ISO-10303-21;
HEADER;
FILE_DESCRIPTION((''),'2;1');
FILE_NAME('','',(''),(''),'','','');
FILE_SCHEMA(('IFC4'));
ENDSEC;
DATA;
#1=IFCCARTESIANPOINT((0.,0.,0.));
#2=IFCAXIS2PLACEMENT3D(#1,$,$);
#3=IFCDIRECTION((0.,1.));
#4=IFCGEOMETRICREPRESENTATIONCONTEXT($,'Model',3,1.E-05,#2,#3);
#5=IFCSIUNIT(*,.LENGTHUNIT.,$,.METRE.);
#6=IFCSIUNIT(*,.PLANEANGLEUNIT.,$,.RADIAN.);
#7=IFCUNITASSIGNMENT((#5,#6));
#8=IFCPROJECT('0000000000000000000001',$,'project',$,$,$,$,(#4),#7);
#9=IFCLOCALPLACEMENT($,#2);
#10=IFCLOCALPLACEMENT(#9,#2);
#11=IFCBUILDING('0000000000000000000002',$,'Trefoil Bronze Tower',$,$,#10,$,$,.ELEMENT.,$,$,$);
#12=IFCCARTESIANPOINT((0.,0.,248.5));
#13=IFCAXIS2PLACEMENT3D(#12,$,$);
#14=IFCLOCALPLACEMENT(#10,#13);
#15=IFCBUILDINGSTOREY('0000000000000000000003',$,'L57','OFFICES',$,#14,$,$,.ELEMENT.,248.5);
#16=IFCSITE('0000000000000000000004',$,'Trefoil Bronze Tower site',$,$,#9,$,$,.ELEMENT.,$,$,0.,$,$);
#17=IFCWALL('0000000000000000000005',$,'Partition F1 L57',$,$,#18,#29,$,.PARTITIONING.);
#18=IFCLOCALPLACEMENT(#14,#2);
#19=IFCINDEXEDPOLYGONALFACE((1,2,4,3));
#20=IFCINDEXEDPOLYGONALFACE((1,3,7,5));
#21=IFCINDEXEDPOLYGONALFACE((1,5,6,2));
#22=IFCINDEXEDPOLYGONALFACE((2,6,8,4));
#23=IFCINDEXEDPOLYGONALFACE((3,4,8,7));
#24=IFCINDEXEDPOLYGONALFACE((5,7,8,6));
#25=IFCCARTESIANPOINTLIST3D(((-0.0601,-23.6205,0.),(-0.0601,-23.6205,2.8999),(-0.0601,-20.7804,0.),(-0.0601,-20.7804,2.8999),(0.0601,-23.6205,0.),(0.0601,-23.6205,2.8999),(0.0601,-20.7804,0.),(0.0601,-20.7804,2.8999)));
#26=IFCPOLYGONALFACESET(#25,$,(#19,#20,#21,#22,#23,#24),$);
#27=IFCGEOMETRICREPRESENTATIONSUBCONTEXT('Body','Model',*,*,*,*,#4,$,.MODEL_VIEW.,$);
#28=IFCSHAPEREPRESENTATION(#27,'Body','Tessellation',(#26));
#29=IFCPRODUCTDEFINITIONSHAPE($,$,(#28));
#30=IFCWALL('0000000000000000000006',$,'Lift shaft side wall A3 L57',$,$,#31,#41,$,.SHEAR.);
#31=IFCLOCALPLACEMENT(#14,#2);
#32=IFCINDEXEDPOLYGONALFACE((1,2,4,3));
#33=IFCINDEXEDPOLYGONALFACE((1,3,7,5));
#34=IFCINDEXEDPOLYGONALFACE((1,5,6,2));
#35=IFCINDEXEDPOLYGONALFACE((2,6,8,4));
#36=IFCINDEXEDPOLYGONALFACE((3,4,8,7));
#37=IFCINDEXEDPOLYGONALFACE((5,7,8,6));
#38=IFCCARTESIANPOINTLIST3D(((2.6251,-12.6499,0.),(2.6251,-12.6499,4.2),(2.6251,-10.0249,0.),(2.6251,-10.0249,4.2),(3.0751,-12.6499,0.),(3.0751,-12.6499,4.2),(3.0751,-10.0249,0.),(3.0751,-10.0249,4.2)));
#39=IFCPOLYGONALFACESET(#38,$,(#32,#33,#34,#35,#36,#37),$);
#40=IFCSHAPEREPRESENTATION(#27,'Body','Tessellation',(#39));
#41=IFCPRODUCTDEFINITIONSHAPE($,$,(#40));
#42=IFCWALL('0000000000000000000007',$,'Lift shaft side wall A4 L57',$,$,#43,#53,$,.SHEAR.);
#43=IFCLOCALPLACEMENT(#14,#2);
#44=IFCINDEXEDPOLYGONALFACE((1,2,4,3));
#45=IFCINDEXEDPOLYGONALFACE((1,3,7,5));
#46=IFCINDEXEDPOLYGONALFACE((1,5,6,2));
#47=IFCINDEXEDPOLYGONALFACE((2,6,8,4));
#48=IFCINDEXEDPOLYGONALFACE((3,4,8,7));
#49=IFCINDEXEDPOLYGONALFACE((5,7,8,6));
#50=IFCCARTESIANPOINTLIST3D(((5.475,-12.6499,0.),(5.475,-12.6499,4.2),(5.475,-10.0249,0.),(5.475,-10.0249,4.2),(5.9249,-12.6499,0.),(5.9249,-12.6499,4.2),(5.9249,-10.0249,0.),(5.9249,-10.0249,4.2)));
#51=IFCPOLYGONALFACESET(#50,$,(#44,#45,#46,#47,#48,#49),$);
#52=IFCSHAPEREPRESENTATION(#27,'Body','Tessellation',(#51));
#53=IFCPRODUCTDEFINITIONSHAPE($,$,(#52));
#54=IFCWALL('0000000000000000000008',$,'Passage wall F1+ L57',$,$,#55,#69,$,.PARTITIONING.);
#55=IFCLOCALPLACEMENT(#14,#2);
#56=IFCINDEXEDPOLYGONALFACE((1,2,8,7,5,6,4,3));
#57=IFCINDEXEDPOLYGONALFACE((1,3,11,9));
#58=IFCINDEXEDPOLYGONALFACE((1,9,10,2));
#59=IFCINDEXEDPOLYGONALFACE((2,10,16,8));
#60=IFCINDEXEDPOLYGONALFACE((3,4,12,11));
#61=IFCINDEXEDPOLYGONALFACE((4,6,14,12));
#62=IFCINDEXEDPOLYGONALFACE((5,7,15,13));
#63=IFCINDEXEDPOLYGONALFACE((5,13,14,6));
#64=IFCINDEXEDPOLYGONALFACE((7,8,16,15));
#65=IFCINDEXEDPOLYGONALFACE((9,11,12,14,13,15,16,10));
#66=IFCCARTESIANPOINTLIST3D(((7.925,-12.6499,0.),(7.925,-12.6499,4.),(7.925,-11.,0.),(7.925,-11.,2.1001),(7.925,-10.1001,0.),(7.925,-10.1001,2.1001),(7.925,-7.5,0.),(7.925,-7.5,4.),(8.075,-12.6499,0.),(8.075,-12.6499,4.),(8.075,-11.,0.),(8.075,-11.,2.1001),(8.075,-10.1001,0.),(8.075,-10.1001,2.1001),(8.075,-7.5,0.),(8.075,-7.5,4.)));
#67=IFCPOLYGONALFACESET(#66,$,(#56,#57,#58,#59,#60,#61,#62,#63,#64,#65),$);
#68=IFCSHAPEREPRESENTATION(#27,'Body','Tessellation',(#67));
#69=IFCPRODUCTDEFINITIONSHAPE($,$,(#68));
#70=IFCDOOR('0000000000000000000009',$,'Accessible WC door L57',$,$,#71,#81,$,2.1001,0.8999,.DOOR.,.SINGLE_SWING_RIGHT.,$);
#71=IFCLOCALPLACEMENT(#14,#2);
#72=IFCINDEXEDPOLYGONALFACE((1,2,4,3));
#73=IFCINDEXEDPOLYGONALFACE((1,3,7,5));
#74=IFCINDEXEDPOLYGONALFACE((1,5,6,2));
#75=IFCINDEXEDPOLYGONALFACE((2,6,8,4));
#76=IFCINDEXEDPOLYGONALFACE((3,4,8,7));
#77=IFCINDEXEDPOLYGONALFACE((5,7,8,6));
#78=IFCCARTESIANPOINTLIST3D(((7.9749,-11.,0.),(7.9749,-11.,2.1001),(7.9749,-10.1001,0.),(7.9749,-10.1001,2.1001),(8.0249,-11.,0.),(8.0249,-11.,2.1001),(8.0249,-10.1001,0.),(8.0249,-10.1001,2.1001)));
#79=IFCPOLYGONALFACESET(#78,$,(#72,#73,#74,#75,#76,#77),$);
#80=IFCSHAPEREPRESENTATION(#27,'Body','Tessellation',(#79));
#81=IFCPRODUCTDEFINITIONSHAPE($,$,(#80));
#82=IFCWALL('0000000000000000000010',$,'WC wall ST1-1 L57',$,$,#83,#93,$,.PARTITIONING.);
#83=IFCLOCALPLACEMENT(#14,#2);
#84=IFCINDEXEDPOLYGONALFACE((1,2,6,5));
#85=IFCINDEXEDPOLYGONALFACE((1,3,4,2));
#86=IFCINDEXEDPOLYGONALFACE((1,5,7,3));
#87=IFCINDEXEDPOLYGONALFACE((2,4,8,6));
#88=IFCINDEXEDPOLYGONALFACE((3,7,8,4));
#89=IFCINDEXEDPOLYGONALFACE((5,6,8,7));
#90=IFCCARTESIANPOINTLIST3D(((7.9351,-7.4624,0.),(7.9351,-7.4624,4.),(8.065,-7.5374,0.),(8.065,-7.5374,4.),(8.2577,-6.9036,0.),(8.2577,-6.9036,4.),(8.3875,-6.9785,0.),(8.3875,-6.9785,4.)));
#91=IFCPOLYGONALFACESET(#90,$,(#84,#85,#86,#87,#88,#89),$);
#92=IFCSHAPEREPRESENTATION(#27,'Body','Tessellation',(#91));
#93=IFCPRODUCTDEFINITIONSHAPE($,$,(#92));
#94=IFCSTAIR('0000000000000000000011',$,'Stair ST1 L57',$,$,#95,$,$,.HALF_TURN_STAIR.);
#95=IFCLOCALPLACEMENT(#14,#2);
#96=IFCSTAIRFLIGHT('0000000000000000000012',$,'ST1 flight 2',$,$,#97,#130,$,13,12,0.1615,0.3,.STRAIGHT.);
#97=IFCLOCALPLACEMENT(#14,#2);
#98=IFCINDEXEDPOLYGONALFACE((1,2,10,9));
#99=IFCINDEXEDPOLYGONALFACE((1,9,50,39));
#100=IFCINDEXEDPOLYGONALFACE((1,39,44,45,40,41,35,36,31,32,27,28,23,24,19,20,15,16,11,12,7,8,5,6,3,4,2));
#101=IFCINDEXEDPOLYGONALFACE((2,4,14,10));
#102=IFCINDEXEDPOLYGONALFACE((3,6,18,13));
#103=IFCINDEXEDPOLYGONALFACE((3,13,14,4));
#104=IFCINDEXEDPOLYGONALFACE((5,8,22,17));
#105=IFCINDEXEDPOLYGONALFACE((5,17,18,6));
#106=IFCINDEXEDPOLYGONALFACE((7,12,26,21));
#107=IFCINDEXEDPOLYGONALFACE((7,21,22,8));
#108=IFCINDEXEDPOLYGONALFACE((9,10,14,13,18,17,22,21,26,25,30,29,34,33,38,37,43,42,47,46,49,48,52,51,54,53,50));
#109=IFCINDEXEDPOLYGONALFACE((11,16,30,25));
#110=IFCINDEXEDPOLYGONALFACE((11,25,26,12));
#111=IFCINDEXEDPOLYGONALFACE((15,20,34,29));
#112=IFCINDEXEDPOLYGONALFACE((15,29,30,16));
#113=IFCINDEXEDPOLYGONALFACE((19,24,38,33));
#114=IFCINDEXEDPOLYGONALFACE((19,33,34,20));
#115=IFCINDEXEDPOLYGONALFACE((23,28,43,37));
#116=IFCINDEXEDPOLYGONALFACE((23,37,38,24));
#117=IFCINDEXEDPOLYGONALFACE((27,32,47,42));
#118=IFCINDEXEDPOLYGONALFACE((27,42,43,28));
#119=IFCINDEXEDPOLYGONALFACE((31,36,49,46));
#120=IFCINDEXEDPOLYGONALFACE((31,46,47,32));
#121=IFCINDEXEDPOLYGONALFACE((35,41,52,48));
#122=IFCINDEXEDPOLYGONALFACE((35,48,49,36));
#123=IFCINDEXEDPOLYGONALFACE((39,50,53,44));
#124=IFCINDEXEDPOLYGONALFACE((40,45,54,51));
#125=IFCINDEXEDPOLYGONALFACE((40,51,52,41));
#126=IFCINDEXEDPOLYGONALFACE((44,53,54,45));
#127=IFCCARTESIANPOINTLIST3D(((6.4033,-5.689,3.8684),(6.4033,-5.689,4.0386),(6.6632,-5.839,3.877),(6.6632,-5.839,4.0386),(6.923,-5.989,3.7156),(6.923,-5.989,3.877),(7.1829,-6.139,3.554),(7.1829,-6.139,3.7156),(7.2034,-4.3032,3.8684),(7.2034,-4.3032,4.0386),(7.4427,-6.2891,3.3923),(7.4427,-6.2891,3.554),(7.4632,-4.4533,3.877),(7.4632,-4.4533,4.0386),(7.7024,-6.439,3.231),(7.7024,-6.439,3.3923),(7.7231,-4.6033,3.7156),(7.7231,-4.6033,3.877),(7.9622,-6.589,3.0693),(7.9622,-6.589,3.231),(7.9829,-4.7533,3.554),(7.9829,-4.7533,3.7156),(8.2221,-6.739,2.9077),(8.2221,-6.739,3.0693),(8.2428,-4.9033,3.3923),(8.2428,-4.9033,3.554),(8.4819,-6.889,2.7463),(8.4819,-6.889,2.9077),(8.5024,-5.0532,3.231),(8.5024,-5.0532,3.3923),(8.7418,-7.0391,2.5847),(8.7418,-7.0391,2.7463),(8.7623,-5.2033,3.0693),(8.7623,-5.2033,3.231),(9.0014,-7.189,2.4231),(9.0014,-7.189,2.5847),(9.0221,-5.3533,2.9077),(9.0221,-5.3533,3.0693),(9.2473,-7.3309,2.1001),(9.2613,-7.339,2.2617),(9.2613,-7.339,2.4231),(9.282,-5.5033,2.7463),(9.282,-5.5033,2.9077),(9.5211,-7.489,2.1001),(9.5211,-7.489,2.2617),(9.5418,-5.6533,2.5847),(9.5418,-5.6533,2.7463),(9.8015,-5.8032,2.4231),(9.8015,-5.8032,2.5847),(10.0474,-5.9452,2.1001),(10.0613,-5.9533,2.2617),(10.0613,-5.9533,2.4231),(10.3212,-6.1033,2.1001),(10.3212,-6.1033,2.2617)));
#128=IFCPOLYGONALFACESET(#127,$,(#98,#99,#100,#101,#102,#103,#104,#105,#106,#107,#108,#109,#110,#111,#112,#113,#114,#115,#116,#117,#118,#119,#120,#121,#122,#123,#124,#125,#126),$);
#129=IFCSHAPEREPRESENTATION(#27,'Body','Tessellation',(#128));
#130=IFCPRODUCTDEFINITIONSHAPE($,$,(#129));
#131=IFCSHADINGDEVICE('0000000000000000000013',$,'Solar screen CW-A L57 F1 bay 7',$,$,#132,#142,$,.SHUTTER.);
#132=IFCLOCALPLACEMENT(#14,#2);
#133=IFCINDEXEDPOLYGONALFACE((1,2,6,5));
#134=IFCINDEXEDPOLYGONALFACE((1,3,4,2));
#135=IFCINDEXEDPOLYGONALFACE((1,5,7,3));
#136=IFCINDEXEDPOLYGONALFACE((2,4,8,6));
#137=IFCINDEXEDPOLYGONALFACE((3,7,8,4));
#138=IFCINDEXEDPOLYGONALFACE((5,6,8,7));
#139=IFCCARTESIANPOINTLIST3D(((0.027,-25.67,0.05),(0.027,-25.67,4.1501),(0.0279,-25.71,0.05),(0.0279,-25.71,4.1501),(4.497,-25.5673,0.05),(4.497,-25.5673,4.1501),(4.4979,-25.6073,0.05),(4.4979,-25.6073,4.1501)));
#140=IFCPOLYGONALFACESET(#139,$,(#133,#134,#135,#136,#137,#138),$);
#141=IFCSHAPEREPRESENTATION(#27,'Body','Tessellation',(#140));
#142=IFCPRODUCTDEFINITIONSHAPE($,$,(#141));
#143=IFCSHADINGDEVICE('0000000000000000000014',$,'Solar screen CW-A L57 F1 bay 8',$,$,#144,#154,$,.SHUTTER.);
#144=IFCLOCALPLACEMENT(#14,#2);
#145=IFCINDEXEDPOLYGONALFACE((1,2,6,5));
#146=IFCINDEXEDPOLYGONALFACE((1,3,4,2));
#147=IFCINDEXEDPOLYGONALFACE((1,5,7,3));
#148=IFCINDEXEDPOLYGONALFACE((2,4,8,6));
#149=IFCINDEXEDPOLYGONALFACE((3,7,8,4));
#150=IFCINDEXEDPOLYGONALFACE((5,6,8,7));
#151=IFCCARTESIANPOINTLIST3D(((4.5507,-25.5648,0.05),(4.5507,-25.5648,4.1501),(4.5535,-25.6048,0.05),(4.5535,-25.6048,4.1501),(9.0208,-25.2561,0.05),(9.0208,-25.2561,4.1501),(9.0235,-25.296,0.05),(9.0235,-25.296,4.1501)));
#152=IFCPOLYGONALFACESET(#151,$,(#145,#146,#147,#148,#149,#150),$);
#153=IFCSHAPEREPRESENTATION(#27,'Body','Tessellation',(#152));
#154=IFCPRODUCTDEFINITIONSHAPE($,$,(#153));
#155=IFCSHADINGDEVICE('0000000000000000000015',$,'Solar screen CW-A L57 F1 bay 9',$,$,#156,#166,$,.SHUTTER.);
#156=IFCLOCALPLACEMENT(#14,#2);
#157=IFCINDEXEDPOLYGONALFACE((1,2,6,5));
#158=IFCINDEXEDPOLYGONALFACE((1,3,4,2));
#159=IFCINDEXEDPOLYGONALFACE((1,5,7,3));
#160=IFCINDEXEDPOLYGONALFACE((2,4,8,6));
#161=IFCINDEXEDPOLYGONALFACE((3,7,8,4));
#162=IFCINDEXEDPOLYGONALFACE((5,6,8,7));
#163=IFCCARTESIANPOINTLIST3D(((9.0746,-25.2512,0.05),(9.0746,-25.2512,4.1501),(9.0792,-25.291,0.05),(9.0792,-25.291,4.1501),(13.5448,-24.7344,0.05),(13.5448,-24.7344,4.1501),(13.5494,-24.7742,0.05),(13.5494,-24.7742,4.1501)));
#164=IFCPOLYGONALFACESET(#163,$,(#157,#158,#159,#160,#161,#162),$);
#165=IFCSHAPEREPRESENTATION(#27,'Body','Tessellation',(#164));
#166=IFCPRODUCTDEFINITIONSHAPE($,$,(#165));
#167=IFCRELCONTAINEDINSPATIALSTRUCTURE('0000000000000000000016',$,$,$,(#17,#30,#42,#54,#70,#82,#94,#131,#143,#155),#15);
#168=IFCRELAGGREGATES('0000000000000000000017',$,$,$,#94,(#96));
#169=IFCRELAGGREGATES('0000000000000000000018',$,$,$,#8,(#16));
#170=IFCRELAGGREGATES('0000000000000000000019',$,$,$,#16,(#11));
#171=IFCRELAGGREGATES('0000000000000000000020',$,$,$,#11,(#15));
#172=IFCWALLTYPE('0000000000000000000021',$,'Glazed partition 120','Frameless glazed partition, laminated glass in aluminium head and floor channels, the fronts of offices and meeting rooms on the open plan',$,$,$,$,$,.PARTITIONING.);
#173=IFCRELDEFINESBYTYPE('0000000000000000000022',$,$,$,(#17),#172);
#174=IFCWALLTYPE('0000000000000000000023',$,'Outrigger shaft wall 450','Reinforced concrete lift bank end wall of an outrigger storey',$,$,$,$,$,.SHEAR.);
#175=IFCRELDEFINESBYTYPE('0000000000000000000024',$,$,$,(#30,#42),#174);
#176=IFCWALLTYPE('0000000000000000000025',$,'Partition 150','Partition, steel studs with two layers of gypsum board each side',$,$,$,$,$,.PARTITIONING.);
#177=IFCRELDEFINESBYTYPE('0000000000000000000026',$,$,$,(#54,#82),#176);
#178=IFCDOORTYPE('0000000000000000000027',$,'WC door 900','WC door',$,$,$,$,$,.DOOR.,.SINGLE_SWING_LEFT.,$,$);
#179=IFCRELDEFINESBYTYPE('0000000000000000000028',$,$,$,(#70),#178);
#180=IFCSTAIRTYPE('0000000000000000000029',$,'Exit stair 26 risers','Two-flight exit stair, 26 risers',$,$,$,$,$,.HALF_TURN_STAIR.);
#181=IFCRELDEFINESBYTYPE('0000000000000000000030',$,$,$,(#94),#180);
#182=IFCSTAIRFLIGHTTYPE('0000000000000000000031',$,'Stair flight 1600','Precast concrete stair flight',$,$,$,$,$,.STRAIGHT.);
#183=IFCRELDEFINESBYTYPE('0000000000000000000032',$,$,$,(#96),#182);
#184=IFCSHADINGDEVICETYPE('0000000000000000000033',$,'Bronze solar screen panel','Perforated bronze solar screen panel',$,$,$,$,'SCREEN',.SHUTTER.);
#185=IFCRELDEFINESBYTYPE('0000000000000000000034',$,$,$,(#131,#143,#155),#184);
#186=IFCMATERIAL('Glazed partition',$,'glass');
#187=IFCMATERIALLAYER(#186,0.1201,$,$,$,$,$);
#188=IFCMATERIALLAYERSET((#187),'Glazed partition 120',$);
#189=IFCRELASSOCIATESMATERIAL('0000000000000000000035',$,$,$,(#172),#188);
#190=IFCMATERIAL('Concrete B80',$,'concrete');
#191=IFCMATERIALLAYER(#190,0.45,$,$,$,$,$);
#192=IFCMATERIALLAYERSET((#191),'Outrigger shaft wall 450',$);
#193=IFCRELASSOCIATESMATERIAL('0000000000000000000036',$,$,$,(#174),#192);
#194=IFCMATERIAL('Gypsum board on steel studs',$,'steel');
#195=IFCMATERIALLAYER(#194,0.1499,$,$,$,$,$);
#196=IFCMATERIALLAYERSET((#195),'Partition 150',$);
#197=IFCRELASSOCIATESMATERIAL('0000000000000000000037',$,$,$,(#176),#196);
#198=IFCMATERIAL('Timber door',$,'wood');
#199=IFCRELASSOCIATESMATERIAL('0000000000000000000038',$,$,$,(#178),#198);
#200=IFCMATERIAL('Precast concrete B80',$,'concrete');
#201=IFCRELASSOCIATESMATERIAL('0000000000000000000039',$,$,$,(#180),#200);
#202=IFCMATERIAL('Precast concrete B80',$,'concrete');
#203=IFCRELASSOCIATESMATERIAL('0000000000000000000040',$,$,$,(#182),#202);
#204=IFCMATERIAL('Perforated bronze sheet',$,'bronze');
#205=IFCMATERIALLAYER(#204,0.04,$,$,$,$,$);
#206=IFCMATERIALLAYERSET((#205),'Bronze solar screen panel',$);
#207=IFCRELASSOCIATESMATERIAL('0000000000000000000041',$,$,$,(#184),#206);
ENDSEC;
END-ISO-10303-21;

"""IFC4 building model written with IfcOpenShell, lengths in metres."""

from ifc_helpers import new_model, si_unit, direction, frame, frame_2d, origin, origin_2d, place, context, subcontext, project, spatial, polyline, rectangle, outline, extrude, material, layer, layer_set, type_object, element, fill, aggregate, save


model = new_model("IFC4")

# Units and contexts
model_context = context("Model", 3, precision=1e-05, world=origin(), true_north=direction((0.0, 1.0)))
body_context = subcontext(model_context, "Body", "Model", "MODEL_VIEW")
ifc_project = project(units=[si_unit("LENGTHUNIT", "METRE"), si_unit("PLANEANGLEUNIT", "RADIAN")], contexts=[model_context])

# Site, building, storey
site_placement = place(None, origin())
site = spatial("IfcSite", under=ifc_project, at=site_placement, Name="Trefoil Bronze Tower site", CompositionType="ELEMENT", RefElevation=0.0)
building_placement = place(site_placement, origin())
building = spatial("IfcBuilding", under=site, at=building_placement, Name="Trefoil Bronze Tower", CompositionType="ELEMENT")
storey_placement = place(building_placement, frame((0.0, 0.0, 248.5)))
storey = spatial("IfcBuildingStorey", under=building, at=storey_placement, Name="L57", Description="OFFICES", CompositionType="ELEMENT", Elevation=248.5)

# Walls
ifc_material_1 = material(Name="Glazed partition", Category="glass")
ifc_layer_1 = layer(ifc_material_1, 0.1201)
ifc_layer_set_1 = layer_set([ifc_layer_1], Name="Glazed partition 120")
wall_type_1 = type_object("IfcWallType", Name="Glazed partition 120", Description="Frameless glazed partition, laminated glass in aluminium head and floor channels, the fronts of offices and meeting rooms on the open plan", PredefinedType="PARTITIONING", material=ifc_layer_set_1)
wall_1_placement = place(storey_placement, frame((0.0, -20.7805, 0.0), z_axis=(0.0, 0.0, 1.0), x_axis=(0.0, -1.0, 0.0)))
element("IfcWall", 1, at=wall_1_placement, inside=storey, type_object=wall_type_1, Name="Partition F1 L57", PredefinedType="PARTITIONING", context=body_context, shape_type="SweptSolid", body=[
    extrude(rectangle(XDim=2.8401, YDim=0.1201, at=frame_2d((1.4199, 0.0))), origin(), (0.0, 0.0, 1.0), 2.8999),
])
ifc_material_2 = material(Name="Concrete B80", Category="concrete")
ifc_layer_2 = layer(ifc_material_2, 0.45)
ifc_layer_set_2 = layer_set([ifc_layer_2], Name="Outrigger shaft wall 450")
wall_type_2 = type_object("IfcWallType", Name="Outrigger shaft wall 450", Description="Reinforced concrete lift bank end wall of an outrigger storey", PredefinedType="SHEAR", material=ifc_layer_set_2)
for number, where, z_axis, x_axis, name in (
    (2, (2.8501, -10.0249, 0.0), (0.0, 0.0, 1.0), (0.0, -1.0, 0.0), "Lift shaft side wall A3 L57"),
    (3, (5.7, -10.0249, 0.0), (0.0, 0.0, 1.0), (0.0, -1.0, 0.0), "Lift shaft side wall A4 L57"),
):
    element("IfcWall", number, at=place(storey_placement, frame(where, z_axis=z_axis, x_axis=x_axis)), inside=storey, type_object=wall_type_2, Name=name, PredefinedType="SHEAR", context=body_context, shape_type="SweptSolid", body=[
        extrude(rectangle(XDim=2.625, YDim=0.45, at=frame_2d((1.3125, 0.0))), origin(), (0.0, 0.0, 1.0), 4.2),
    ])

# Wall, opening, door
ifc_material_3 = material(Name="Gypsum board on steel studs", Category="steel")
ifc_layer_3 = layer(ifc_material_3, 0.1499)
ifc_layer_set_3 = layer_set([ifc_layer_3], Name="Partition 150")
wall_type_3 = type_object("IfcWallType", Name="Partition 150", Description="Partition, steel studs with two layers of gypsum board each side", PredefinedType="PARTITIONING", material=ifc_layer_set_3)
wall_2_placement = place(storey_placement, frame((8.0, -7.5, 0.0), z_axis=(0.0, 0.0, 1.0), x_axis=(0.0, -1.0, 0.0)))
wall_2 = element("IfcWall", 4, at=wall_2_placement, inside=storey, type_object=wall_type_3, Name="Passage wall F1+ L57", PredefinedType="PARTITIONING", context=body_context, shape_type="SweptSolid", body=[
    extrude(rectangle(XDim=5.1499, YDim=0.1499, at=frame_2d((2.575, 0.0))), origin(), (0.0, 0.0, 1.0), 4.0),
])
opening_placement = place(wall_2_placement, frame((2.6001, 0.0, 0.0)))
opening = element("IfcOpeningElement", 5, at=opening_placement, cuts=wall_2, PredefinedType="OPENING", context=body_context, shape_type="SweptSolid", body=[
    extrude(rectangle(XDim=0.8999, YDim=2.1001, at=frame_2d((0.45, 1.05))), frame((0.0, 0.085, 0.0), z_axis=(0.0, -1.0, 0.0), x_axis=(1.0, 0.0, 0.0)), (0.0, 0.0, 1.0), 0.1699),
])
ifc_material_4 = material(Name="Timber door", Category="wood")
door_type = type_object("IfcDoorType", Name="WC door 900", Description="WC door", OperationType="SINGLE_SWING_LEFT", PredefinedType="DOOR", material=ifc_material_4)
door_placement = place(opening_placement, origin())
door = element("IfcDoor", 6, at=door_placement, inside=storey, type_object=door_type, Name="Accessible WC door L57", OperationType="SINGLE_SWING_RIGHT", OverallHeight=2.1001, OverallWidth=0.8999, PredefinedType="DOOR", context=body_context, shape_type="SweptSolid", body=[
    extrude(rectangle(XDim=0.8999, YDim=2.1001, at=frame_2d((0.45, 1.05))), frame((0.0, 0.0249, 0.0), z_axis=(0.0, -1.0, 0.0), x_axis=(1.0, 0.0, 0.0)), (0.0, 0.0, 1.0), 0.05),
])
fill(opening, door)

# Wall
wall_3_placement = place(storey_placement, frame((8.0, -7.5, 0.0), z_axis=(0.0, 0.0, 1.0), x_axis=(0.499843, 0.866116, 0.0)))
element("IfcWall", 7, at=wall_3_placement, inside=storey, type_object=wall_type_3, Name="WC wall ST1-1 L57", PredefinedType="PARTITIONING", context=body_context, shape_type="SweptSolid", body=[
    extrude(rectangle(XDim=0.6453, YDim=0.1499, at=frame_2d((0.3228, 0.0))), origin(), (0.0, 0.0, 1.0), 4.0),
])

# Stair, stair flight
ifc_material_5 = material(Name="Precast concrete B80", Category="concrete")
stair_type = type_object("IfcStairType", Name="Exit stair 26 risers", Description="Two-flight exit stair, 26 risers", PredefinedType="HALF_TURN_STAIR", material=ifc_material_5)
stair_placement = place(storey_placement, origin())
stair = element("IfcStair", 8, at=stair_placement, inside=storey, type_object=stair_type, Name="Stair ST1 L57", PredefinedType="HALF_TURN_STAIR")
ifc_material_6 = material(Name="Precast concrete B80", Category="concrete")
stair_flight_type = type_object("IfcStairFlightType", Name="Stair flight 1600", Description="Precast concrete stair flight", PredefinedType="STRAIGHT", material=ifc_material_6)
stair_flight_placement = place(storey_placement, frame((9.9211, -6.7961, 2.1001), z_axis=(0.0, 0.0, 1.0), x_axis=(-0.866025, 0.5, 0.0)))
stair_flight = element("IfcStairFlight", 9, at=stair_flight_placement, type_object=stair_flight_type, Name="ST1 flight 2", NumberOfRisers=13, NumberOfTreads=12, PredefinedType="STRAIGHT", RiserHeight=0.1615, TreadLength=0.3, context=body_context, shape_type="SweptSolid", body=[
    extrude(outline(polyline([(0.0, 0.0), (0.0, 0.1616), (0.3, 0.1616), (0.3, 0.323), (0.6001, 0.323), (0.6001, 0.4846), (0.8999, 0.4846), (0.8999, 0.6462), (1.2, 0.6462), (1.2, 0.8076), (1.5, 0.8076), (1.5, 0.9692), (1.8, 0.9692), (1.8, 1.1309), (2.1001, 1.1309), (2.1001, 1.2922), (2.3999, 1.2922), (2.3999, 1.4539), (2.7, 1.4539), (2.7, 1.6155), (3.0, 1.6155), (3.0, 1.7769), (3.3, 1.7769), (3.3, 1.9385), (3.6001, 1.9385), (3.6001, 2.1001), (3.6001, 1.7683), (0.3162, 0.0), (0.0, 0.0)])), frame((0.0, 0.8, 0.0), z_axis=(0.0, -1.0, 0.0), x_axis=(1.0, 0.0, 0.0)), (0.0, 0.0, 1.0), 1.6001),
])
aggregate(stair, [stair_flight])

# Shading devices
ifc_material_7 = material(Name="Perforated bronze sheet", Category="bronze")
ifc_layer_4 = layer(ifc_material_7, 0.04)
ifc_layer_set_4 = layer_set([ifc_layer_4], Name="Bronze solar screen panel")
shading_device_type = type_object("IfcShadingDeviceType", Name="Bronze solar screen panel", Description="Perforated bronze solar screen panel", ElementType="SCREEN", PredefinedType="SHUTTER", material=ifc_layer_set_4)
shading_device_1_placement = place(storey_placement, frame((2.2625, -25.6387, 0.05), z_axis=(0.0, 0.0, 1.0), x_axis=(0.999736, 0.022972, 0.0)))
element("IfcShadingDevice", 10, at=shading_device_1_placement, inside=storey, type_object=shading_device_type, Name="Solar screen CW-A L57 F1 bay 7", PredefinedType="SHUTTER", context=body_context, shape_type="SweptSolid", body=[
    extrude(rectangle(XDim=4.4712, YDim=0.04, at=origin_2d()), origin(), (0.0, 0.0, 1.0), 4.1001),
])
shading_device_2_placement = place(storey_placement, frame((6.7871, -25.4304, 0.05), z_axis=(0.0, 0.0, 1.0), x_axis=(0.997623, 0.068915, 0.0)))
element("IfcShadingDevice", 11, at=shading_device_2_placement, inside=storey, type_object=shading_device_type, Name="Solar screen CW-A L57 F1 bay 8", PredefinedType="SHUTTER", context=body_context, shape_type="SweptSolid", body=[
    extrude(rectangle(XDim=4.4807, YDim=0.04, at=origin_2d()), origin(), (0.0, 0.0, 1.0), 4.1001),
])
shading_device_3_placement = place(storey_placement, frame((11.312, -25.0127, 0.05), z_axis=(0.0, 0.0, 1.0), x_axis=(0.993382, 0.114859, 0.0)))
element("IfcShadingDevice", 12, at=shading_device_3_placement, inside=storey, type_object=shading_device_type, Name="Solar screen CW-A L57 F1 bay 9", PredefinedType="SHUTTER", context=body_context, shape_type="SweptSolid", body=[
    extrude(rectangle(XDim=4.5, YDim=0.04, at=origin_2d()), origin(), (0.0, 0.0, 1.0), 4.1001),
])

save(model, "model.ifc")
